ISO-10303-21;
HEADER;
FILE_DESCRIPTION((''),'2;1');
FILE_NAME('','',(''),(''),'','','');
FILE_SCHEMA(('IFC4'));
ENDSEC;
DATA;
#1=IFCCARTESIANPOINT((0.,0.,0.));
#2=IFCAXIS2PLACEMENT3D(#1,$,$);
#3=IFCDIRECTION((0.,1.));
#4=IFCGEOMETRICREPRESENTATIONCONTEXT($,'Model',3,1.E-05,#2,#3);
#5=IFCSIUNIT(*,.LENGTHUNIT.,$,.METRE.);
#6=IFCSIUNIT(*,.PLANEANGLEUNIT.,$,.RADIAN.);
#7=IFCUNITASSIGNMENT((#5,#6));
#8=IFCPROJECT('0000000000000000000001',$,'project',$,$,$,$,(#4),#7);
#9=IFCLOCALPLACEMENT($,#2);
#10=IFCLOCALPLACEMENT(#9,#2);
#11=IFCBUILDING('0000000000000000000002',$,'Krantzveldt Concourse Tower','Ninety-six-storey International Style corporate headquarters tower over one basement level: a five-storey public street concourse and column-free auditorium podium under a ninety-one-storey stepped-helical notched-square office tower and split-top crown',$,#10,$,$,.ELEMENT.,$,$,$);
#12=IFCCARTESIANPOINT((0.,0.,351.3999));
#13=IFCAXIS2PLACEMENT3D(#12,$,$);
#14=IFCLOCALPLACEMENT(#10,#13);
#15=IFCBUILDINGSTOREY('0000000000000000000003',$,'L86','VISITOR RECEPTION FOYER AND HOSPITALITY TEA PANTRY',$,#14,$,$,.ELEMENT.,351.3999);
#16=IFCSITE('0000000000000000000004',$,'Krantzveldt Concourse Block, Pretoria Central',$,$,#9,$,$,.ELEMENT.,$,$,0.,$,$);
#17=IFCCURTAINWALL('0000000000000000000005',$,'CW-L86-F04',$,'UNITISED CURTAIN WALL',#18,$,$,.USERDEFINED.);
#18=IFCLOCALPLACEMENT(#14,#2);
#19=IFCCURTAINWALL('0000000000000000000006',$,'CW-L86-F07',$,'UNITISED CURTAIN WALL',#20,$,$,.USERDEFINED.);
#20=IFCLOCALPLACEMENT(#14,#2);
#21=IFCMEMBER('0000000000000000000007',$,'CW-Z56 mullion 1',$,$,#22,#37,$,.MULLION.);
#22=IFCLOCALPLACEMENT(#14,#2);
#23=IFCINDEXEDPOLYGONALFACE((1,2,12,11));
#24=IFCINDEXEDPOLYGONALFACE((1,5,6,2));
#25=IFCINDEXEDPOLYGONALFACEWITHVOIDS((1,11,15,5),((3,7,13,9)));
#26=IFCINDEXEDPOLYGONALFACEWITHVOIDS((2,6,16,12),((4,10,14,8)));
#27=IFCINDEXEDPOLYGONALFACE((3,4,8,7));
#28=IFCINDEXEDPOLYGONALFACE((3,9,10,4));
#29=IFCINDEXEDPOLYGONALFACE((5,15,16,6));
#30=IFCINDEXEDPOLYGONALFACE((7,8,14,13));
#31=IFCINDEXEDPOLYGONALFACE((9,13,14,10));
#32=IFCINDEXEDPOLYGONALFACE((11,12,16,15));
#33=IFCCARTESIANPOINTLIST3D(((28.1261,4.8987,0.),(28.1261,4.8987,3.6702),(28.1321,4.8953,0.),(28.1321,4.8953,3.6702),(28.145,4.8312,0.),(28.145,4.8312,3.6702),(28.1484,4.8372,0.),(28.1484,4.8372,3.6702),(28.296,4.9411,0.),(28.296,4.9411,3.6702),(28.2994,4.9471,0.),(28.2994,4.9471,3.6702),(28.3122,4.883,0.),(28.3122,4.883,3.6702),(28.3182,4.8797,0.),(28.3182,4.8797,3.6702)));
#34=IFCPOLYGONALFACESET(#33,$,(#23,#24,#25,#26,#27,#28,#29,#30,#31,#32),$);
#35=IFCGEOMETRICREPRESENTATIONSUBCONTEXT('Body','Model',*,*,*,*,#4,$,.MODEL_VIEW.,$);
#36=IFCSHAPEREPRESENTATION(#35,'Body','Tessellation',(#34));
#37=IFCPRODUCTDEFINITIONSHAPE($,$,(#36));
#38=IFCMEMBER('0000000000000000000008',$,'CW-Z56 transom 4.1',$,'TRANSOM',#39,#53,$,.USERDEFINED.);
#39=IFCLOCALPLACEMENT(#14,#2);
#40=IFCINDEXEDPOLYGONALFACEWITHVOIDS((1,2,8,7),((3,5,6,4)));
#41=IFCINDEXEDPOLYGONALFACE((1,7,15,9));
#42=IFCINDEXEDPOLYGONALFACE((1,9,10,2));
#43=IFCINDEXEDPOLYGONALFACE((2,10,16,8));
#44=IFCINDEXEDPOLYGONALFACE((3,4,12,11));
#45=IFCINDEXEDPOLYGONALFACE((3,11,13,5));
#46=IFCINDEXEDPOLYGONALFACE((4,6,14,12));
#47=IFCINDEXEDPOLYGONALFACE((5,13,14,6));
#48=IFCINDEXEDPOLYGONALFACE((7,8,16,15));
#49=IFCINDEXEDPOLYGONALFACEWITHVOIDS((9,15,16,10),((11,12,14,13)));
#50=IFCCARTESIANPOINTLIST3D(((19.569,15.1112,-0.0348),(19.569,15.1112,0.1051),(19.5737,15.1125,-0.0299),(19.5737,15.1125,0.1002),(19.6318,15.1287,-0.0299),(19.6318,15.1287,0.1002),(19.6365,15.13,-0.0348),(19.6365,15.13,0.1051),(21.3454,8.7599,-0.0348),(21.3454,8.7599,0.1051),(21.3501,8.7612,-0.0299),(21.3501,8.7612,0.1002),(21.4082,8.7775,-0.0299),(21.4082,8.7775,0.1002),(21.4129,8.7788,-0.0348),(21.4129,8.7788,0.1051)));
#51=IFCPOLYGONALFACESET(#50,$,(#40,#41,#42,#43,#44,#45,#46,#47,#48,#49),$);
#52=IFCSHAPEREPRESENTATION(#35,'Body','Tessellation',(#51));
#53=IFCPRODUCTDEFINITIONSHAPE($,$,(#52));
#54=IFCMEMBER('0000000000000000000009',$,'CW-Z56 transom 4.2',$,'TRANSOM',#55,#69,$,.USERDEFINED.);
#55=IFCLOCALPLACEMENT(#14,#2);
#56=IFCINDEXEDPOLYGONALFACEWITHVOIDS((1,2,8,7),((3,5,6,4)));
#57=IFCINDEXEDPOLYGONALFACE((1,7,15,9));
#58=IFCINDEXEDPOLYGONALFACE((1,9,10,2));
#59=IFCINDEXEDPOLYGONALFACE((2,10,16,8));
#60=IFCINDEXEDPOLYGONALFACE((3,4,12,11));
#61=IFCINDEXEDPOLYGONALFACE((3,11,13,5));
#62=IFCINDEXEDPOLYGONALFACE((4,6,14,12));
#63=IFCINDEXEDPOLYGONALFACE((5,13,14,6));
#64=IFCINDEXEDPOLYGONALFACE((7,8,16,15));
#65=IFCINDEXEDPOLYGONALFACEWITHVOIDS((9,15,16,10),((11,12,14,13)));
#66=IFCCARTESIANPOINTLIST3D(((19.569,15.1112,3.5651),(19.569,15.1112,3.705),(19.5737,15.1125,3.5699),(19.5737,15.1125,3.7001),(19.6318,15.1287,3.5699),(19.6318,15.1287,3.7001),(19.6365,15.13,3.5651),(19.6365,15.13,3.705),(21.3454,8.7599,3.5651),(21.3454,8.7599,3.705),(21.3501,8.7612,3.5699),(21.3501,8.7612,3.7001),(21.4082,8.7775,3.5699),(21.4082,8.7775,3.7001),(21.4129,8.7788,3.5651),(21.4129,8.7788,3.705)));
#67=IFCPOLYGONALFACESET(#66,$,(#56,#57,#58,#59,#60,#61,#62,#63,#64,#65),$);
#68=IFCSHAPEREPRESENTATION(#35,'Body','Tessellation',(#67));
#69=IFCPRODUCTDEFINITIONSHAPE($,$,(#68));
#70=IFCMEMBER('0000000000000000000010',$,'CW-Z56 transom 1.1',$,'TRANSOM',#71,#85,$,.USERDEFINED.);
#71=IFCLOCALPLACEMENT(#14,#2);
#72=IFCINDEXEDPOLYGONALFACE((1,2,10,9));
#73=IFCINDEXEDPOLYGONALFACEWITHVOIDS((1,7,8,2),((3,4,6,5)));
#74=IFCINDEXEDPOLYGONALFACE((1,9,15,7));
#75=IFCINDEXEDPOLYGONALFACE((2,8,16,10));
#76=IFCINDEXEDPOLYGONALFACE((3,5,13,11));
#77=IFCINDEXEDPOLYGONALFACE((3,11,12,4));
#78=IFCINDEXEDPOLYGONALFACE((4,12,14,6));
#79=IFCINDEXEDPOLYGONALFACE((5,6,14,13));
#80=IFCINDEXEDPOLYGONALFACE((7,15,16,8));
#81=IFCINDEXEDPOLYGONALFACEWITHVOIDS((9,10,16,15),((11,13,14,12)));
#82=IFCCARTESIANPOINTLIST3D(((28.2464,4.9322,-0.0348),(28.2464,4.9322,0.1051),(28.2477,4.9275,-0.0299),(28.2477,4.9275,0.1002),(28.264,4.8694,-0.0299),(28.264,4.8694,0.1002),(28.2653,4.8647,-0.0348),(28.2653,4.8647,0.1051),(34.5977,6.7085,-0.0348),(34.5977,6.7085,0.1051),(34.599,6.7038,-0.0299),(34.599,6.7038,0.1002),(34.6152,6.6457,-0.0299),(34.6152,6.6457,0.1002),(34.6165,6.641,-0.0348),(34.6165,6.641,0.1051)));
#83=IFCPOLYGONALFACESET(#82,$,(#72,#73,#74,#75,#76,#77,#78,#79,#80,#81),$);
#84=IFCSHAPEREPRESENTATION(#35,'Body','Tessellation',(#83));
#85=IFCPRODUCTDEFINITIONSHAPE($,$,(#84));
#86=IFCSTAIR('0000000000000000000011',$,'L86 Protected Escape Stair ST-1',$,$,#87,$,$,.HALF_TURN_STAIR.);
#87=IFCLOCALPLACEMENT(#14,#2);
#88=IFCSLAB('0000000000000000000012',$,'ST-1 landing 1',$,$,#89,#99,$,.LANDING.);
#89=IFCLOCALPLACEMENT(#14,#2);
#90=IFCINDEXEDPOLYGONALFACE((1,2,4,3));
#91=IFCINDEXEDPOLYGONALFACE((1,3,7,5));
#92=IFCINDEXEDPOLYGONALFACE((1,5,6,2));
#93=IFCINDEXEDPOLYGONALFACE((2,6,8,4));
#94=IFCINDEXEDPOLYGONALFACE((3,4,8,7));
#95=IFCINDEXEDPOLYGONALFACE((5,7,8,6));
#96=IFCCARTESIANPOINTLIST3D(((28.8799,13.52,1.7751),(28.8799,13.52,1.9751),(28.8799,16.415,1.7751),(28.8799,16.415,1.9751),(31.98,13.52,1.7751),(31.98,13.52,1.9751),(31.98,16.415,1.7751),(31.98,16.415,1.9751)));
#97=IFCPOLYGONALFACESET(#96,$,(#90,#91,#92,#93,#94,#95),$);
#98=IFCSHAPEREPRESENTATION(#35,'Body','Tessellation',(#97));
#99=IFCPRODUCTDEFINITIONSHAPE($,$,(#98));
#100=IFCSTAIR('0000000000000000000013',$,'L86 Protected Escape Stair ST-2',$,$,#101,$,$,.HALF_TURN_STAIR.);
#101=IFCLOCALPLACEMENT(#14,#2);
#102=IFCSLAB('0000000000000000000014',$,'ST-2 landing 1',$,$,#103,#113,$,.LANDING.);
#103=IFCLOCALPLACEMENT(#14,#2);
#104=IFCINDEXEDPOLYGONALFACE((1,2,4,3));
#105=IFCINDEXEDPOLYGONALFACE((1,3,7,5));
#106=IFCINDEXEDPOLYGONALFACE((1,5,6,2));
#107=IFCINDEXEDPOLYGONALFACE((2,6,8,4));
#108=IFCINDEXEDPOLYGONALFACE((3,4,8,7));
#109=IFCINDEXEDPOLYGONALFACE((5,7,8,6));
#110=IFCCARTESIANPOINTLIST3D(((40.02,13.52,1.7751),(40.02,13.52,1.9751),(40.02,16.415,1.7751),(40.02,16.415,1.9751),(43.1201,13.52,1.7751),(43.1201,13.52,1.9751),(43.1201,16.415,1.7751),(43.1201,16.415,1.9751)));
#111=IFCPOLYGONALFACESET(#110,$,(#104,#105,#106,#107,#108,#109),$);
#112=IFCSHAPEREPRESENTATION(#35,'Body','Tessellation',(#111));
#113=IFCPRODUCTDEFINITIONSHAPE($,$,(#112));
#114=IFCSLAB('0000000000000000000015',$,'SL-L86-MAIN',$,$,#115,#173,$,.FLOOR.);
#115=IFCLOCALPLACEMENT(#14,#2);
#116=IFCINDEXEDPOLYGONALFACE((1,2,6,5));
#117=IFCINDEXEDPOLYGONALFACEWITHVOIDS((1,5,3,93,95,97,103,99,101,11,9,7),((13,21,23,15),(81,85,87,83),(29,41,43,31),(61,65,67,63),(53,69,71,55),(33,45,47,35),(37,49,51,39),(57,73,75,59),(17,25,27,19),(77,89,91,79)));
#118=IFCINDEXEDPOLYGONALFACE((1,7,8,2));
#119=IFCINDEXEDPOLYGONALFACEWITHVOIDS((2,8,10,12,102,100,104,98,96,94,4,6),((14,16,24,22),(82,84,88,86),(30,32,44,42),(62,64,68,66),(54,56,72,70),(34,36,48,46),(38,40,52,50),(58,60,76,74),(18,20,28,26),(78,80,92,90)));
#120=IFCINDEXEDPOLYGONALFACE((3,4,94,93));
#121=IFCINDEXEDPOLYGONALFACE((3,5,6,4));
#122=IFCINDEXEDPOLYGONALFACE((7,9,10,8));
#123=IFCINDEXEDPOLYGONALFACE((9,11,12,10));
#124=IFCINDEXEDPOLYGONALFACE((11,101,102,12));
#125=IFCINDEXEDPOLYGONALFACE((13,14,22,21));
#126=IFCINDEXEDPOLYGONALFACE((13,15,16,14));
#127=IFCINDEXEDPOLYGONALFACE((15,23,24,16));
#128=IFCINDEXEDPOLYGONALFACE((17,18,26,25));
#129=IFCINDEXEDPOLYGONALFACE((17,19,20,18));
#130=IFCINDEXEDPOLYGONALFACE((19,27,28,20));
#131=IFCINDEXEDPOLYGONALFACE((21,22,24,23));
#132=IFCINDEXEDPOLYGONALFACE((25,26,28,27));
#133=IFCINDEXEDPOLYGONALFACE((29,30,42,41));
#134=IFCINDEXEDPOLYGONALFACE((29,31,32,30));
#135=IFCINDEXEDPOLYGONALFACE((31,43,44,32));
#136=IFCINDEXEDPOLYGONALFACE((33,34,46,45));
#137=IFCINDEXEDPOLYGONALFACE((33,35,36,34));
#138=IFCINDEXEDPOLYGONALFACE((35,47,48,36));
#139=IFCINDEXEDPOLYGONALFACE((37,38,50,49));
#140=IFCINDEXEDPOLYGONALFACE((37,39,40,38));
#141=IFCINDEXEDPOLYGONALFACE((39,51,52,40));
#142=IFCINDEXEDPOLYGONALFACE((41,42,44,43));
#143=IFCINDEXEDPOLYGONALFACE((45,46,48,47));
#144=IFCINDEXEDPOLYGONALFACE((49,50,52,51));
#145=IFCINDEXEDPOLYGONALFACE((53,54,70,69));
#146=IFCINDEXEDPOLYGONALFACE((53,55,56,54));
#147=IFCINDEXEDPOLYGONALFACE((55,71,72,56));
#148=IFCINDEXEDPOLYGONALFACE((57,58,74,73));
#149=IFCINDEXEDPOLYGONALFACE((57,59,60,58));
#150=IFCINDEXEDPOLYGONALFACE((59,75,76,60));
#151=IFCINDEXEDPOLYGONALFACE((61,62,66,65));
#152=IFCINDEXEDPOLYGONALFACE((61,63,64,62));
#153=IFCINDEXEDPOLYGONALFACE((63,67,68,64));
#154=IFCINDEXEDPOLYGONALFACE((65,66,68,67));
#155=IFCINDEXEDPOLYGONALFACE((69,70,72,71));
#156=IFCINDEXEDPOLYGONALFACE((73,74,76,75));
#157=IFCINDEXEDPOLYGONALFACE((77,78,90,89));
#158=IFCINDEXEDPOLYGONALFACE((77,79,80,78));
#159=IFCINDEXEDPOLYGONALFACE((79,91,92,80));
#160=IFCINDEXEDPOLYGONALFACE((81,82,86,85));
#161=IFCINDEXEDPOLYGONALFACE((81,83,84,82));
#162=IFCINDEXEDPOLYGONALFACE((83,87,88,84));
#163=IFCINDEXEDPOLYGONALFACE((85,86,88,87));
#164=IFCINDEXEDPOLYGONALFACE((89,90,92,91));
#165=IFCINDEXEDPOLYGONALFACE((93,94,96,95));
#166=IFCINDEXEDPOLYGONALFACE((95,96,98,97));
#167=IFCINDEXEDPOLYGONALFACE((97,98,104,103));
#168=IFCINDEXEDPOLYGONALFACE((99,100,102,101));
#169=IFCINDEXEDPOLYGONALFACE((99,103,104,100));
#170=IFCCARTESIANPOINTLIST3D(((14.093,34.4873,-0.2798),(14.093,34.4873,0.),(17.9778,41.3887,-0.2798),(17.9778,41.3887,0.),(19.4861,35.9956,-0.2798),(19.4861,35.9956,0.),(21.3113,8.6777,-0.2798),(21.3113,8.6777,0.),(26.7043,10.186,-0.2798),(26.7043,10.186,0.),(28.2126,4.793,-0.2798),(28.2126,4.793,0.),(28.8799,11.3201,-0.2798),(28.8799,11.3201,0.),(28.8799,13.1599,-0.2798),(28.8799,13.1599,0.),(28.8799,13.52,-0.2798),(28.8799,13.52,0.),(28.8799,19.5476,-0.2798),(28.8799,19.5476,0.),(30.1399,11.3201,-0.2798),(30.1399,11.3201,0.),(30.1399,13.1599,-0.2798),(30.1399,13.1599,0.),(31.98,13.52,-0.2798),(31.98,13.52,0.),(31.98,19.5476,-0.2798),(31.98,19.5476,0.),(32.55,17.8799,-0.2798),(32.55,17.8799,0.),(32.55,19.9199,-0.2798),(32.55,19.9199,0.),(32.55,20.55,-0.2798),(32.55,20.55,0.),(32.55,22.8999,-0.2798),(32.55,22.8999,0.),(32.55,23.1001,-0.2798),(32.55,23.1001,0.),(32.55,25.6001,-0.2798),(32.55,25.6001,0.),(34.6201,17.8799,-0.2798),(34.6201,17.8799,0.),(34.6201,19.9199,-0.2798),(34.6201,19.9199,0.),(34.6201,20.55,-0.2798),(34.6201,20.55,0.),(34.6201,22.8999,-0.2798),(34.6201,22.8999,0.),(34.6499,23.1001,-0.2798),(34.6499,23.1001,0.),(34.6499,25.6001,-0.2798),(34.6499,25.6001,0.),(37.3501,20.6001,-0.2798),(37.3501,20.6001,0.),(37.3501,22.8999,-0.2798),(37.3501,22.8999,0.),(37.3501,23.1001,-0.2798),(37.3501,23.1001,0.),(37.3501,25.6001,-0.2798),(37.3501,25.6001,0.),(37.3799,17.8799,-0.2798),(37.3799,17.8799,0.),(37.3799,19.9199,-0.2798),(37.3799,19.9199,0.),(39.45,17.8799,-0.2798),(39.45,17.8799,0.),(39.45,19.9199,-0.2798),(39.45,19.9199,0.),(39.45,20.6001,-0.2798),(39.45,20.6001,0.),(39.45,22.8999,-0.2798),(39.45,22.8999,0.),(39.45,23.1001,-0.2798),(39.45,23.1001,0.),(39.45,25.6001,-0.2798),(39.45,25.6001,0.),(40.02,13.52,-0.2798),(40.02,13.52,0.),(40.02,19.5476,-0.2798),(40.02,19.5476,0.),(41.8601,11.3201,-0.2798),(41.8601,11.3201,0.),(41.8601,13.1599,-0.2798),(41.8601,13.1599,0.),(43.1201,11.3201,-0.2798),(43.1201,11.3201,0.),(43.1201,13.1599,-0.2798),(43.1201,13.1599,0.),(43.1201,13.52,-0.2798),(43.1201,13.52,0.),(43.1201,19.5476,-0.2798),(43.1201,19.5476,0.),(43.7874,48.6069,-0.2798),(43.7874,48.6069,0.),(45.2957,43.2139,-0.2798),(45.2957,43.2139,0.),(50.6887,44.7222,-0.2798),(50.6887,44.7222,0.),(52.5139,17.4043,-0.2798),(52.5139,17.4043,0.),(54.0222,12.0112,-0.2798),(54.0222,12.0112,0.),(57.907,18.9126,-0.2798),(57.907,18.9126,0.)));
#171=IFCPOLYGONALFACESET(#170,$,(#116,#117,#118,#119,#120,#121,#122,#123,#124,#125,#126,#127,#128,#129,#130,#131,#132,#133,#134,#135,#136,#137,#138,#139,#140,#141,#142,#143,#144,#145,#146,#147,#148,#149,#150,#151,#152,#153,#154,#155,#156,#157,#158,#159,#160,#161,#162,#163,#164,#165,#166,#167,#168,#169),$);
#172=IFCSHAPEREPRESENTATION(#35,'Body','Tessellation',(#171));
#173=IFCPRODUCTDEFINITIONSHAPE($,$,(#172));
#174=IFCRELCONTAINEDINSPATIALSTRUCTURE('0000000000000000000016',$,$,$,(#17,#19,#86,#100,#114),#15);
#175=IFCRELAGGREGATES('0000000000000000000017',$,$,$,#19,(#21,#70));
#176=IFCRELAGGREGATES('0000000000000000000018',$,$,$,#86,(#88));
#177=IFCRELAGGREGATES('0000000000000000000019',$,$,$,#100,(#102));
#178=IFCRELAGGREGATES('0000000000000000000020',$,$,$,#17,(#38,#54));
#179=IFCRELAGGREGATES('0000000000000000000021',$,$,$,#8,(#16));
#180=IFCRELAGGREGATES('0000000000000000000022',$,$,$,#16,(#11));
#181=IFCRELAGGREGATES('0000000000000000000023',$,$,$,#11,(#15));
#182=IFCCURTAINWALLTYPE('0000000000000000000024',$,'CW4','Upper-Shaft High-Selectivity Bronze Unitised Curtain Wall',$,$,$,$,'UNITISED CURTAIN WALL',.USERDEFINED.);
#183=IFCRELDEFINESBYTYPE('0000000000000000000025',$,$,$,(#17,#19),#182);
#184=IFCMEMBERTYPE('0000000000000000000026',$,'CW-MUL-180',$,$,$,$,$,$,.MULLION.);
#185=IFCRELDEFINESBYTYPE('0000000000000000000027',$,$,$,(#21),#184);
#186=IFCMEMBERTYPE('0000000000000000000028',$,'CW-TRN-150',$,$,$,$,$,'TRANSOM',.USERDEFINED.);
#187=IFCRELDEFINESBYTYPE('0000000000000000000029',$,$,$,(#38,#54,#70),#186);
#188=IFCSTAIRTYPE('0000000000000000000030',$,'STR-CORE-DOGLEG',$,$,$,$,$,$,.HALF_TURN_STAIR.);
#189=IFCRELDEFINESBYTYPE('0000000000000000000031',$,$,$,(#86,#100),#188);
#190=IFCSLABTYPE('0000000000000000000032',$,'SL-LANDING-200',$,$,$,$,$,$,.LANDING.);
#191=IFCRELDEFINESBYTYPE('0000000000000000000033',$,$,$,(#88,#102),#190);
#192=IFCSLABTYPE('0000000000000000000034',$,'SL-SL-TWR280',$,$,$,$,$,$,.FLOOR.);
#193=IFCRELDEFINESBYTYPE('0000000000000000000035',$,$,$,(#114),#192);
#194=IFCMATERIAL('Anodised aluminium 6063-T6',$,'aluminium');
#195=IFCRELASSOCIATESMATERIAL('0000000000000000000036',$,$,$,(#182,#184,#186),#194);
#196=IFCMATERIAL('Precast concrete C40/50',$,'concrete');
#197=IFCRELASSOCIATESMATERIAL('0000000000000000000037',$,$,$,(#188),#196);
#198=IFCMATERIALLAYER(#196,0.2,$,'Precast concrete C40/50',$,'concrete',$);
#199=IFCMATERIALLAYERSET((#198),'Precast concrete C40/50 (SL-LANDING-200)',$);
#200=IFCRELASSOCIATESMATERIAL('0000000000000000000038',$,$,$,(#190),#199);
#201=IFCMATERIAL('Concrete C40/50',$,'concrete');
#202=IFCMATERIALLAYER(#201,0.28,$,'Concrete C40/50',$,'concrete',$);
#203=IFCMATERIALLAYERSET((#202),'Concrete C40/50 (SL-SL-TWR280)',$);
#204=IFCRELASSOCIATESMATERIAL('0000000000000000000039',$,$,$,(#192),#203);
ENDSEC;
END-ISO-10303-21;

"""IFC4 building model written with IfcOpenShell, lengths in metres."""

from ifc_helpers import new_model, si_unit, direction, frame, origin, origin_2d, place, context, subcontext, project, spatial, polyline, hollow_rectangle, outline, extrude, source, transform, mapped, material, layer, layer_set, material_profile, profile_set, type_object, type_shapes, element, aggregate, save


model = new_model("IFC4")

# Units and contexts
model_context = context("Model", 3, precision=1e-05, world=origin(), true_north=direction((0.0, 1.0)))
body_context = subcontext(model_context, "Body", "Model", "MODEL_VIEW")
ifc_project = project(units=[si_unit("LENGTHUNIT", "METRE"), si_unit("PLANEANGLEUNIT", "RADIAN")], contexts=[model_context])

# Site, building, storey
site_placement = place(None, origin())
site = spatial("IfcSite", under=ifc_project, at=site_placement, Name="Krantzveldt Concourse Block, Pretoria Central", CompositionType="ELEMENT", RefElevation=0.0)
building_placement = place(site_placement, origin())
building = spatial("IfcBuilding", under=site, at=building_placement, Name="Krantzveldt Concourse Tower", Description="Ninety-six-storey International Style corporate headquarters tower over one basement level: a five-storey public street concourse and column-free auditorium podium under a ninety-one-storey stepped-helical notched-square office tower and split-top crown", CompositionType="ELEMENT")
storey_placement = place(building_placement, frame((0.0, 0.0, 351.3999)))
storey = spatial("IfcBuildingStorey", under=building, at=storey_placement, Name="L86", Description="VISITOR RECEPTION FOYER AND HOSPITALITY TEA PANTRY", CompositionType="ELEMENT", Elevation=351.3999)

# Curtain wall
ifc_material_1 = material(Name="Anodised aluminium 6063-T6", Category="aluminium")
curtain_wall_type = type_object("IfcCurtainWallType", Name="CW4", Description="Upper-Shaft High-Selectivity Bronze Unitised Curtain Wall", ElementType="UNITISED CURTAIN WALL", PredefinedType="USERDEFINED", material=ifc_material_1)
curtain_wall_1_placement = place(storey_placement, origin())
curtain_wall_1 = element("IfcCurtainWall", 1, at=curtain_wall_1_placement, inside=storey, type_object=curtain_wall_type, Name="CW-L86-F04", ObjectType="UNITISED CURTAIN WALL", PredefinedType="USERDEFINED")
ifc_material_profile_1 = material_profile(ifc_material_1, hollow_rectangle(XDim=0.0701, YDim=0.1799, WallThickness=0.0049, at=origin_2d()), Name="Anodised aluminium 6063-T6", Category="aluminium")
ifc_profile_set_1 = profile_set([ifc_material_profile_1], Name="Anodised aluminium 6063-T6 - ALU-MULL 180x70x5")
member_type_1 = type_object("IfcMemberType", Name="CW-MUL-180", PredefinedType="MULLION", material=ifc_profile_set_1)
shared_shape_1 = source(origin(), body_context, "Body", "SweptSolid", [
    extrude(hollow_rectangle(XDim=0.0701, YDim=0.1799, WallThickness=0.0049, at=origin_2d()), origin(), (0.0, 0.0, 1.0), 3.6702),
])
type_shapes(member_type_1, [shared_shape_1])

# Curtain wall, member
curtain_wall_2_placement = place(storey_placement, origin())
curtain_wall_2 = element("IfcCurtainWall", 2, at=curtain_wall_2_placement, inside=storey, type_object=curtain_wall_type, Name="CW-L86-F07", ObjectType="UNITISED CURTAIN WALL", PredefinedType="USERDEFINED")
member_1_placement = place(storey_placement, frame((28.2222, 4.8892, 0.0), z_axis=(0.0, 0.0, 1.0), x_axis=(-0.26934, 0.963045, 0.0)))
member_1 = element("IfcMember", 3, at=member_1_placement, type_object=member_type_1, Name="CW-Z56 mullion 1", PredefinedType="MULLION", context=body_context, shape_type="MappedRepresentation", body=[
    mapped(shared_shape_1, transform((0.0, 0.0, 0.0), x_axis=(1.0, 0.0, 0.0), y_axis=(0.0, 1.0, 0.0), z_axis=(0.0, 0.0, 1.0), scale=1.0)),
])

# Members
ifc_material_profile_2 = material_profile(ifc_material_1, hollow_rectangle(XDim=0.0701, YDim=0.1399, WallThickness=0.0049, at=origin_2d()), Name="Anodised aluminium 6063-T6", Category="aluminium")
ifc_profile_set_2 = profile_set([ifc_material_profile_2], Name="Anodised aluminium 6063-T6 - ALU-TRAN 140x70x5")
member_type_2 = type_object("IfcMemberType", Name="CW-TRN-150", ElementType="TRANSOM", PredefinedType="USERDEFINED", material=ifc_profile_set_2)
shared_shape_2 = source(origin(), body_context, "Body", "SweptSolid", [
    extrude(hollow_rectangle(XDim=0.0701, YDim=0.1399, WallThickness=0.0049, at=origin_2d()), origin(), (0.0, 0.0, 1.0), 6.595),
])
type_shapes(member_type_2, [shared_shape_2])
member_2_placement = place(storey_placement, frame((19.6028, 15.1206, 0.0352), z_axis=(0.269348, -0.963043, 0.0), x_axis=(0.963043, 0.269348, 0.0)))
member_2 = element("IfcMember", 4, at=member_2_placement, type_object=member_type_2, Name="CW-Z56 transom 4.1", ObjectType="TRANSOM", PredefinedType="USERDEFINED", context=body_context, shape_type="MappedRepresentation", body=[
    mapped(shared_shape_2, transform((0.0, 0.0, 0.0), x_axis=(1.0, 0.0, 0.0), y_axis=(0.0, 1.0, 0.0), z_axis=(0.0, 0.0, 1.0), scale=1.0)),
])
member_3_placement = place(storey_placement, frame((19.6028, 15.1206, 3.635), z_axis=(0.269348, -0.963043, 0.0), x_axis=(0.963043, 0.269348, 0.0)))
member_3 = element("IfcMember", 5, at=member_3_placement, type_object=member_type_2, Name="CW-Z56 transom 4.2", ObjectType="TRANSOM", PredefinedType="USERDEFINED", context=body_context, shape_type="MappedRepresentation", body=[
    mapped(shared_shape_2, transform((0.0, 0.0, 0.0), x_axis=(1.0, 0.0, 0.0), y_axis=(0.0, 1.0, 0.0), z_axis=(0.0, 0.0, 1.0), scale=1.0)),
])
member_4_placement = place(storey_placement, frame((28.2559, 4.8984, 0.0352), z_axis=(0.963043, 0.269348, 0.0), x_axis=(-0.269348, 0.963043, 0.0)))
member_4 = element("IfcMember", 6, at=member_4_placement, type_object=member_type_2, Name="CW-Z56 transom 1.1", ObjectType="TRANSOM", PredefinedType="USERDEFINED", context=body_context, shape_type="MappedRepresentation", body=[
    mapped(shared_shape_2, transform((0.0, 0.0, 0.0), x_axis=(1.0, 0.0, 0.0), y_axis=(0.0, 1.0, 0.0), z_axis=(0.0, 0.0, 1.0), scale=1.0)),
])
aggregate(curtain_wall_2, [member_1, member_4])

# Stairs, slabs
ifc_material_2 = material(Name="Precast concrete C40/50", Category="concrete")
stair_type = type_object("IfcStairType", Name="STR-CORE-DOGLEG", PredefinedType="HALF_TURN_STAIR", material=ifc_material_2)
stair_1_placement = place(storey_placement, origin())
stair_1 = element("IfcStair", 7, at=stair_1_placement, inside=storey, type_object=stair_type, Name="L86 Protected Escape Stair ST-1", PredefinedType="HALF_TURN_STAIR")
ifc_layer_1 = layer(ifc_material_2, 0.2, Name="Precast concrete C40/50", Category="concrete")
ifc_layer_set_1 = layer_set([ifc_layer_1], Name="Precast concrete C40/50 (SL-LANDING-200)")
slab_type_1 = type_object("IfcSlabType", Name="SL-LANDING-200", PredefinedType="LANDING", material=ifc_layer_set_1)
slab_1_placement = place(storey_placement, frame((0.0, 0.0, 1.7751)))
slab_1 = element("IfcSlab", 8, at=slab_1_placement, type_object=slab_type_1, Name="ST-1 landing 1", PredefinedType="LANDING", context=body_context, shape_type="SweptSolid", body=[
    extrude(outline(polyline([(28.8799, 16.415), (28.8799, 13.52), (31.98, 13.52), (31.98, 16.415), (28.8799, 16.415)])), origin(), (0.0, 0.0, 1.0), 0.2),
])
aggregate(stair_1, [slab_1])
stair_2_placement = place(storey_placement, origin())
stair_2 = element("IfcStair", 9, at=stair_2_placement, inside=storey, type_object=stair_type, Name="L86 Protected Escape Stair ST-2", PredefinedType="HALF_TURN_STAIR")
slab_2_placement = place(storey_placement, frame((0.0, 0.0, 1.7751)))
slab_2 = element("IfcSlab", 10, at=slab_2_placement, type_object=slab_type_1, Name="ST-2 landing 1", PredefinedType="LANDING", context=body_context, shape_type="SweptSolid", body=[
    extrude(outline(polyline([(40.02, 16.415), (40.02, 13.52), (43.1201, 13.52), (43.1201, 16.415), (40.02, 16.415)])), origin(), (0.0, 0.0, 1.0), 0.2),
])
aggregate(stair_2, [slab_2])

# Slab
ifc_material_3 = material(Name="Concrete C40/50", Category="concrete")
ifc_layer_2 = layer(ifc_material_3, 0.28, Name="Concrete C40/50", Category="concrete")
ifc_layer_set_2 = layer_set([ifc_layer_2], Name="Concrete C40/50 (SL-SL-TWR280)")
slab_type_2 = type_object("IfcSlabType", Name="SL-SL-TWR280", PredefinedType="FLOOR", material=ifc_layer_set_2)
slab_3_placement = place(storey_placement, frame((0.0, 0.0, -0.2798)))
element("IfcSlab", 11, at=slab_3_placement, inside=storey, type_object=slab_type_2, Name="SL-L86-MAIN", PredefinedType="FLOOR", context=body_context, shape_type="SweptSolid", body=[
    extrude(outline(polyline([(45.2957, 43.2139), (43.7874, 48.6069), (17.9778, 41.3887), (19.4861, 35.9956), (14.093, 34.4873), (21.3113, 8.6777), (26.7043, 10.186), (28.2126, 4.793), (54.0222, 12.0112), (52.5139, 17.4043), (57.907, 18.9126), (50.6887, 44.7222), (45.2957, 43.2139)]), holes=[polyline([(28.8799, 19.5476), (28.8799, 13.52), (31.98, 13.52), (31.98, 19.5476), (28.8799, 19.5476)]), polyline([(40.02, 19.5476), (40.02, 13.52), (43.1201, 13.52), (43.1201, 19.5476), (40.02, 19.5476)]), polyline([(32.55, 23.1001), (34.6499, 23.1001), (34.6499, 25.6001), (32.55, 25.6001), (32.55, 23.1001)]), polyline([(37.3501, 23.1001), (39.45, 23.1001), (39.45, 25.6001), (37.3501, 25.6001), (37.3501, 23.1001)]), polyline([(37.3501, 20.6001), (39.45, 20.6001), (39.45, 22.8999), (37.3501, 22.8999), (37.3501, 20.6001)]), polyline([(32.55, 20.55), (34.6201, 20.55), (34.6201, 22.8999), (32.55, 22.8999), (32.55, 20.55)]), polyline([(32.55, 17.8799), (34.6201, 17.8799), (34.6201, 19.9199), (32.55, 19.9199), (32.55, 17.8799)]), polyline([(37.3799, 17.8799), (39.45, 17.8799), (39.45, 19.9199), (37.3799, 19.9199), (37.3799, 17.8799)]), polyline([(28.8799, 11.3201), (30.1399, 11.3201), (30.1399, 13.1599), (28.8799, 13.1599), (28.8799, 11.3201)]), polyline([(41.8601, 11.3201), (43.1201, 11.3201), (43.1201, 13.1599), (41.8601, 13.1599), (41.8601, 11.3201)])]), origin(), (0.0, 0.0, 1.0), 0.2798),
])

aggregate(curtain_wall_1, [member_2, member_3])

save(model, "model.ifc")
